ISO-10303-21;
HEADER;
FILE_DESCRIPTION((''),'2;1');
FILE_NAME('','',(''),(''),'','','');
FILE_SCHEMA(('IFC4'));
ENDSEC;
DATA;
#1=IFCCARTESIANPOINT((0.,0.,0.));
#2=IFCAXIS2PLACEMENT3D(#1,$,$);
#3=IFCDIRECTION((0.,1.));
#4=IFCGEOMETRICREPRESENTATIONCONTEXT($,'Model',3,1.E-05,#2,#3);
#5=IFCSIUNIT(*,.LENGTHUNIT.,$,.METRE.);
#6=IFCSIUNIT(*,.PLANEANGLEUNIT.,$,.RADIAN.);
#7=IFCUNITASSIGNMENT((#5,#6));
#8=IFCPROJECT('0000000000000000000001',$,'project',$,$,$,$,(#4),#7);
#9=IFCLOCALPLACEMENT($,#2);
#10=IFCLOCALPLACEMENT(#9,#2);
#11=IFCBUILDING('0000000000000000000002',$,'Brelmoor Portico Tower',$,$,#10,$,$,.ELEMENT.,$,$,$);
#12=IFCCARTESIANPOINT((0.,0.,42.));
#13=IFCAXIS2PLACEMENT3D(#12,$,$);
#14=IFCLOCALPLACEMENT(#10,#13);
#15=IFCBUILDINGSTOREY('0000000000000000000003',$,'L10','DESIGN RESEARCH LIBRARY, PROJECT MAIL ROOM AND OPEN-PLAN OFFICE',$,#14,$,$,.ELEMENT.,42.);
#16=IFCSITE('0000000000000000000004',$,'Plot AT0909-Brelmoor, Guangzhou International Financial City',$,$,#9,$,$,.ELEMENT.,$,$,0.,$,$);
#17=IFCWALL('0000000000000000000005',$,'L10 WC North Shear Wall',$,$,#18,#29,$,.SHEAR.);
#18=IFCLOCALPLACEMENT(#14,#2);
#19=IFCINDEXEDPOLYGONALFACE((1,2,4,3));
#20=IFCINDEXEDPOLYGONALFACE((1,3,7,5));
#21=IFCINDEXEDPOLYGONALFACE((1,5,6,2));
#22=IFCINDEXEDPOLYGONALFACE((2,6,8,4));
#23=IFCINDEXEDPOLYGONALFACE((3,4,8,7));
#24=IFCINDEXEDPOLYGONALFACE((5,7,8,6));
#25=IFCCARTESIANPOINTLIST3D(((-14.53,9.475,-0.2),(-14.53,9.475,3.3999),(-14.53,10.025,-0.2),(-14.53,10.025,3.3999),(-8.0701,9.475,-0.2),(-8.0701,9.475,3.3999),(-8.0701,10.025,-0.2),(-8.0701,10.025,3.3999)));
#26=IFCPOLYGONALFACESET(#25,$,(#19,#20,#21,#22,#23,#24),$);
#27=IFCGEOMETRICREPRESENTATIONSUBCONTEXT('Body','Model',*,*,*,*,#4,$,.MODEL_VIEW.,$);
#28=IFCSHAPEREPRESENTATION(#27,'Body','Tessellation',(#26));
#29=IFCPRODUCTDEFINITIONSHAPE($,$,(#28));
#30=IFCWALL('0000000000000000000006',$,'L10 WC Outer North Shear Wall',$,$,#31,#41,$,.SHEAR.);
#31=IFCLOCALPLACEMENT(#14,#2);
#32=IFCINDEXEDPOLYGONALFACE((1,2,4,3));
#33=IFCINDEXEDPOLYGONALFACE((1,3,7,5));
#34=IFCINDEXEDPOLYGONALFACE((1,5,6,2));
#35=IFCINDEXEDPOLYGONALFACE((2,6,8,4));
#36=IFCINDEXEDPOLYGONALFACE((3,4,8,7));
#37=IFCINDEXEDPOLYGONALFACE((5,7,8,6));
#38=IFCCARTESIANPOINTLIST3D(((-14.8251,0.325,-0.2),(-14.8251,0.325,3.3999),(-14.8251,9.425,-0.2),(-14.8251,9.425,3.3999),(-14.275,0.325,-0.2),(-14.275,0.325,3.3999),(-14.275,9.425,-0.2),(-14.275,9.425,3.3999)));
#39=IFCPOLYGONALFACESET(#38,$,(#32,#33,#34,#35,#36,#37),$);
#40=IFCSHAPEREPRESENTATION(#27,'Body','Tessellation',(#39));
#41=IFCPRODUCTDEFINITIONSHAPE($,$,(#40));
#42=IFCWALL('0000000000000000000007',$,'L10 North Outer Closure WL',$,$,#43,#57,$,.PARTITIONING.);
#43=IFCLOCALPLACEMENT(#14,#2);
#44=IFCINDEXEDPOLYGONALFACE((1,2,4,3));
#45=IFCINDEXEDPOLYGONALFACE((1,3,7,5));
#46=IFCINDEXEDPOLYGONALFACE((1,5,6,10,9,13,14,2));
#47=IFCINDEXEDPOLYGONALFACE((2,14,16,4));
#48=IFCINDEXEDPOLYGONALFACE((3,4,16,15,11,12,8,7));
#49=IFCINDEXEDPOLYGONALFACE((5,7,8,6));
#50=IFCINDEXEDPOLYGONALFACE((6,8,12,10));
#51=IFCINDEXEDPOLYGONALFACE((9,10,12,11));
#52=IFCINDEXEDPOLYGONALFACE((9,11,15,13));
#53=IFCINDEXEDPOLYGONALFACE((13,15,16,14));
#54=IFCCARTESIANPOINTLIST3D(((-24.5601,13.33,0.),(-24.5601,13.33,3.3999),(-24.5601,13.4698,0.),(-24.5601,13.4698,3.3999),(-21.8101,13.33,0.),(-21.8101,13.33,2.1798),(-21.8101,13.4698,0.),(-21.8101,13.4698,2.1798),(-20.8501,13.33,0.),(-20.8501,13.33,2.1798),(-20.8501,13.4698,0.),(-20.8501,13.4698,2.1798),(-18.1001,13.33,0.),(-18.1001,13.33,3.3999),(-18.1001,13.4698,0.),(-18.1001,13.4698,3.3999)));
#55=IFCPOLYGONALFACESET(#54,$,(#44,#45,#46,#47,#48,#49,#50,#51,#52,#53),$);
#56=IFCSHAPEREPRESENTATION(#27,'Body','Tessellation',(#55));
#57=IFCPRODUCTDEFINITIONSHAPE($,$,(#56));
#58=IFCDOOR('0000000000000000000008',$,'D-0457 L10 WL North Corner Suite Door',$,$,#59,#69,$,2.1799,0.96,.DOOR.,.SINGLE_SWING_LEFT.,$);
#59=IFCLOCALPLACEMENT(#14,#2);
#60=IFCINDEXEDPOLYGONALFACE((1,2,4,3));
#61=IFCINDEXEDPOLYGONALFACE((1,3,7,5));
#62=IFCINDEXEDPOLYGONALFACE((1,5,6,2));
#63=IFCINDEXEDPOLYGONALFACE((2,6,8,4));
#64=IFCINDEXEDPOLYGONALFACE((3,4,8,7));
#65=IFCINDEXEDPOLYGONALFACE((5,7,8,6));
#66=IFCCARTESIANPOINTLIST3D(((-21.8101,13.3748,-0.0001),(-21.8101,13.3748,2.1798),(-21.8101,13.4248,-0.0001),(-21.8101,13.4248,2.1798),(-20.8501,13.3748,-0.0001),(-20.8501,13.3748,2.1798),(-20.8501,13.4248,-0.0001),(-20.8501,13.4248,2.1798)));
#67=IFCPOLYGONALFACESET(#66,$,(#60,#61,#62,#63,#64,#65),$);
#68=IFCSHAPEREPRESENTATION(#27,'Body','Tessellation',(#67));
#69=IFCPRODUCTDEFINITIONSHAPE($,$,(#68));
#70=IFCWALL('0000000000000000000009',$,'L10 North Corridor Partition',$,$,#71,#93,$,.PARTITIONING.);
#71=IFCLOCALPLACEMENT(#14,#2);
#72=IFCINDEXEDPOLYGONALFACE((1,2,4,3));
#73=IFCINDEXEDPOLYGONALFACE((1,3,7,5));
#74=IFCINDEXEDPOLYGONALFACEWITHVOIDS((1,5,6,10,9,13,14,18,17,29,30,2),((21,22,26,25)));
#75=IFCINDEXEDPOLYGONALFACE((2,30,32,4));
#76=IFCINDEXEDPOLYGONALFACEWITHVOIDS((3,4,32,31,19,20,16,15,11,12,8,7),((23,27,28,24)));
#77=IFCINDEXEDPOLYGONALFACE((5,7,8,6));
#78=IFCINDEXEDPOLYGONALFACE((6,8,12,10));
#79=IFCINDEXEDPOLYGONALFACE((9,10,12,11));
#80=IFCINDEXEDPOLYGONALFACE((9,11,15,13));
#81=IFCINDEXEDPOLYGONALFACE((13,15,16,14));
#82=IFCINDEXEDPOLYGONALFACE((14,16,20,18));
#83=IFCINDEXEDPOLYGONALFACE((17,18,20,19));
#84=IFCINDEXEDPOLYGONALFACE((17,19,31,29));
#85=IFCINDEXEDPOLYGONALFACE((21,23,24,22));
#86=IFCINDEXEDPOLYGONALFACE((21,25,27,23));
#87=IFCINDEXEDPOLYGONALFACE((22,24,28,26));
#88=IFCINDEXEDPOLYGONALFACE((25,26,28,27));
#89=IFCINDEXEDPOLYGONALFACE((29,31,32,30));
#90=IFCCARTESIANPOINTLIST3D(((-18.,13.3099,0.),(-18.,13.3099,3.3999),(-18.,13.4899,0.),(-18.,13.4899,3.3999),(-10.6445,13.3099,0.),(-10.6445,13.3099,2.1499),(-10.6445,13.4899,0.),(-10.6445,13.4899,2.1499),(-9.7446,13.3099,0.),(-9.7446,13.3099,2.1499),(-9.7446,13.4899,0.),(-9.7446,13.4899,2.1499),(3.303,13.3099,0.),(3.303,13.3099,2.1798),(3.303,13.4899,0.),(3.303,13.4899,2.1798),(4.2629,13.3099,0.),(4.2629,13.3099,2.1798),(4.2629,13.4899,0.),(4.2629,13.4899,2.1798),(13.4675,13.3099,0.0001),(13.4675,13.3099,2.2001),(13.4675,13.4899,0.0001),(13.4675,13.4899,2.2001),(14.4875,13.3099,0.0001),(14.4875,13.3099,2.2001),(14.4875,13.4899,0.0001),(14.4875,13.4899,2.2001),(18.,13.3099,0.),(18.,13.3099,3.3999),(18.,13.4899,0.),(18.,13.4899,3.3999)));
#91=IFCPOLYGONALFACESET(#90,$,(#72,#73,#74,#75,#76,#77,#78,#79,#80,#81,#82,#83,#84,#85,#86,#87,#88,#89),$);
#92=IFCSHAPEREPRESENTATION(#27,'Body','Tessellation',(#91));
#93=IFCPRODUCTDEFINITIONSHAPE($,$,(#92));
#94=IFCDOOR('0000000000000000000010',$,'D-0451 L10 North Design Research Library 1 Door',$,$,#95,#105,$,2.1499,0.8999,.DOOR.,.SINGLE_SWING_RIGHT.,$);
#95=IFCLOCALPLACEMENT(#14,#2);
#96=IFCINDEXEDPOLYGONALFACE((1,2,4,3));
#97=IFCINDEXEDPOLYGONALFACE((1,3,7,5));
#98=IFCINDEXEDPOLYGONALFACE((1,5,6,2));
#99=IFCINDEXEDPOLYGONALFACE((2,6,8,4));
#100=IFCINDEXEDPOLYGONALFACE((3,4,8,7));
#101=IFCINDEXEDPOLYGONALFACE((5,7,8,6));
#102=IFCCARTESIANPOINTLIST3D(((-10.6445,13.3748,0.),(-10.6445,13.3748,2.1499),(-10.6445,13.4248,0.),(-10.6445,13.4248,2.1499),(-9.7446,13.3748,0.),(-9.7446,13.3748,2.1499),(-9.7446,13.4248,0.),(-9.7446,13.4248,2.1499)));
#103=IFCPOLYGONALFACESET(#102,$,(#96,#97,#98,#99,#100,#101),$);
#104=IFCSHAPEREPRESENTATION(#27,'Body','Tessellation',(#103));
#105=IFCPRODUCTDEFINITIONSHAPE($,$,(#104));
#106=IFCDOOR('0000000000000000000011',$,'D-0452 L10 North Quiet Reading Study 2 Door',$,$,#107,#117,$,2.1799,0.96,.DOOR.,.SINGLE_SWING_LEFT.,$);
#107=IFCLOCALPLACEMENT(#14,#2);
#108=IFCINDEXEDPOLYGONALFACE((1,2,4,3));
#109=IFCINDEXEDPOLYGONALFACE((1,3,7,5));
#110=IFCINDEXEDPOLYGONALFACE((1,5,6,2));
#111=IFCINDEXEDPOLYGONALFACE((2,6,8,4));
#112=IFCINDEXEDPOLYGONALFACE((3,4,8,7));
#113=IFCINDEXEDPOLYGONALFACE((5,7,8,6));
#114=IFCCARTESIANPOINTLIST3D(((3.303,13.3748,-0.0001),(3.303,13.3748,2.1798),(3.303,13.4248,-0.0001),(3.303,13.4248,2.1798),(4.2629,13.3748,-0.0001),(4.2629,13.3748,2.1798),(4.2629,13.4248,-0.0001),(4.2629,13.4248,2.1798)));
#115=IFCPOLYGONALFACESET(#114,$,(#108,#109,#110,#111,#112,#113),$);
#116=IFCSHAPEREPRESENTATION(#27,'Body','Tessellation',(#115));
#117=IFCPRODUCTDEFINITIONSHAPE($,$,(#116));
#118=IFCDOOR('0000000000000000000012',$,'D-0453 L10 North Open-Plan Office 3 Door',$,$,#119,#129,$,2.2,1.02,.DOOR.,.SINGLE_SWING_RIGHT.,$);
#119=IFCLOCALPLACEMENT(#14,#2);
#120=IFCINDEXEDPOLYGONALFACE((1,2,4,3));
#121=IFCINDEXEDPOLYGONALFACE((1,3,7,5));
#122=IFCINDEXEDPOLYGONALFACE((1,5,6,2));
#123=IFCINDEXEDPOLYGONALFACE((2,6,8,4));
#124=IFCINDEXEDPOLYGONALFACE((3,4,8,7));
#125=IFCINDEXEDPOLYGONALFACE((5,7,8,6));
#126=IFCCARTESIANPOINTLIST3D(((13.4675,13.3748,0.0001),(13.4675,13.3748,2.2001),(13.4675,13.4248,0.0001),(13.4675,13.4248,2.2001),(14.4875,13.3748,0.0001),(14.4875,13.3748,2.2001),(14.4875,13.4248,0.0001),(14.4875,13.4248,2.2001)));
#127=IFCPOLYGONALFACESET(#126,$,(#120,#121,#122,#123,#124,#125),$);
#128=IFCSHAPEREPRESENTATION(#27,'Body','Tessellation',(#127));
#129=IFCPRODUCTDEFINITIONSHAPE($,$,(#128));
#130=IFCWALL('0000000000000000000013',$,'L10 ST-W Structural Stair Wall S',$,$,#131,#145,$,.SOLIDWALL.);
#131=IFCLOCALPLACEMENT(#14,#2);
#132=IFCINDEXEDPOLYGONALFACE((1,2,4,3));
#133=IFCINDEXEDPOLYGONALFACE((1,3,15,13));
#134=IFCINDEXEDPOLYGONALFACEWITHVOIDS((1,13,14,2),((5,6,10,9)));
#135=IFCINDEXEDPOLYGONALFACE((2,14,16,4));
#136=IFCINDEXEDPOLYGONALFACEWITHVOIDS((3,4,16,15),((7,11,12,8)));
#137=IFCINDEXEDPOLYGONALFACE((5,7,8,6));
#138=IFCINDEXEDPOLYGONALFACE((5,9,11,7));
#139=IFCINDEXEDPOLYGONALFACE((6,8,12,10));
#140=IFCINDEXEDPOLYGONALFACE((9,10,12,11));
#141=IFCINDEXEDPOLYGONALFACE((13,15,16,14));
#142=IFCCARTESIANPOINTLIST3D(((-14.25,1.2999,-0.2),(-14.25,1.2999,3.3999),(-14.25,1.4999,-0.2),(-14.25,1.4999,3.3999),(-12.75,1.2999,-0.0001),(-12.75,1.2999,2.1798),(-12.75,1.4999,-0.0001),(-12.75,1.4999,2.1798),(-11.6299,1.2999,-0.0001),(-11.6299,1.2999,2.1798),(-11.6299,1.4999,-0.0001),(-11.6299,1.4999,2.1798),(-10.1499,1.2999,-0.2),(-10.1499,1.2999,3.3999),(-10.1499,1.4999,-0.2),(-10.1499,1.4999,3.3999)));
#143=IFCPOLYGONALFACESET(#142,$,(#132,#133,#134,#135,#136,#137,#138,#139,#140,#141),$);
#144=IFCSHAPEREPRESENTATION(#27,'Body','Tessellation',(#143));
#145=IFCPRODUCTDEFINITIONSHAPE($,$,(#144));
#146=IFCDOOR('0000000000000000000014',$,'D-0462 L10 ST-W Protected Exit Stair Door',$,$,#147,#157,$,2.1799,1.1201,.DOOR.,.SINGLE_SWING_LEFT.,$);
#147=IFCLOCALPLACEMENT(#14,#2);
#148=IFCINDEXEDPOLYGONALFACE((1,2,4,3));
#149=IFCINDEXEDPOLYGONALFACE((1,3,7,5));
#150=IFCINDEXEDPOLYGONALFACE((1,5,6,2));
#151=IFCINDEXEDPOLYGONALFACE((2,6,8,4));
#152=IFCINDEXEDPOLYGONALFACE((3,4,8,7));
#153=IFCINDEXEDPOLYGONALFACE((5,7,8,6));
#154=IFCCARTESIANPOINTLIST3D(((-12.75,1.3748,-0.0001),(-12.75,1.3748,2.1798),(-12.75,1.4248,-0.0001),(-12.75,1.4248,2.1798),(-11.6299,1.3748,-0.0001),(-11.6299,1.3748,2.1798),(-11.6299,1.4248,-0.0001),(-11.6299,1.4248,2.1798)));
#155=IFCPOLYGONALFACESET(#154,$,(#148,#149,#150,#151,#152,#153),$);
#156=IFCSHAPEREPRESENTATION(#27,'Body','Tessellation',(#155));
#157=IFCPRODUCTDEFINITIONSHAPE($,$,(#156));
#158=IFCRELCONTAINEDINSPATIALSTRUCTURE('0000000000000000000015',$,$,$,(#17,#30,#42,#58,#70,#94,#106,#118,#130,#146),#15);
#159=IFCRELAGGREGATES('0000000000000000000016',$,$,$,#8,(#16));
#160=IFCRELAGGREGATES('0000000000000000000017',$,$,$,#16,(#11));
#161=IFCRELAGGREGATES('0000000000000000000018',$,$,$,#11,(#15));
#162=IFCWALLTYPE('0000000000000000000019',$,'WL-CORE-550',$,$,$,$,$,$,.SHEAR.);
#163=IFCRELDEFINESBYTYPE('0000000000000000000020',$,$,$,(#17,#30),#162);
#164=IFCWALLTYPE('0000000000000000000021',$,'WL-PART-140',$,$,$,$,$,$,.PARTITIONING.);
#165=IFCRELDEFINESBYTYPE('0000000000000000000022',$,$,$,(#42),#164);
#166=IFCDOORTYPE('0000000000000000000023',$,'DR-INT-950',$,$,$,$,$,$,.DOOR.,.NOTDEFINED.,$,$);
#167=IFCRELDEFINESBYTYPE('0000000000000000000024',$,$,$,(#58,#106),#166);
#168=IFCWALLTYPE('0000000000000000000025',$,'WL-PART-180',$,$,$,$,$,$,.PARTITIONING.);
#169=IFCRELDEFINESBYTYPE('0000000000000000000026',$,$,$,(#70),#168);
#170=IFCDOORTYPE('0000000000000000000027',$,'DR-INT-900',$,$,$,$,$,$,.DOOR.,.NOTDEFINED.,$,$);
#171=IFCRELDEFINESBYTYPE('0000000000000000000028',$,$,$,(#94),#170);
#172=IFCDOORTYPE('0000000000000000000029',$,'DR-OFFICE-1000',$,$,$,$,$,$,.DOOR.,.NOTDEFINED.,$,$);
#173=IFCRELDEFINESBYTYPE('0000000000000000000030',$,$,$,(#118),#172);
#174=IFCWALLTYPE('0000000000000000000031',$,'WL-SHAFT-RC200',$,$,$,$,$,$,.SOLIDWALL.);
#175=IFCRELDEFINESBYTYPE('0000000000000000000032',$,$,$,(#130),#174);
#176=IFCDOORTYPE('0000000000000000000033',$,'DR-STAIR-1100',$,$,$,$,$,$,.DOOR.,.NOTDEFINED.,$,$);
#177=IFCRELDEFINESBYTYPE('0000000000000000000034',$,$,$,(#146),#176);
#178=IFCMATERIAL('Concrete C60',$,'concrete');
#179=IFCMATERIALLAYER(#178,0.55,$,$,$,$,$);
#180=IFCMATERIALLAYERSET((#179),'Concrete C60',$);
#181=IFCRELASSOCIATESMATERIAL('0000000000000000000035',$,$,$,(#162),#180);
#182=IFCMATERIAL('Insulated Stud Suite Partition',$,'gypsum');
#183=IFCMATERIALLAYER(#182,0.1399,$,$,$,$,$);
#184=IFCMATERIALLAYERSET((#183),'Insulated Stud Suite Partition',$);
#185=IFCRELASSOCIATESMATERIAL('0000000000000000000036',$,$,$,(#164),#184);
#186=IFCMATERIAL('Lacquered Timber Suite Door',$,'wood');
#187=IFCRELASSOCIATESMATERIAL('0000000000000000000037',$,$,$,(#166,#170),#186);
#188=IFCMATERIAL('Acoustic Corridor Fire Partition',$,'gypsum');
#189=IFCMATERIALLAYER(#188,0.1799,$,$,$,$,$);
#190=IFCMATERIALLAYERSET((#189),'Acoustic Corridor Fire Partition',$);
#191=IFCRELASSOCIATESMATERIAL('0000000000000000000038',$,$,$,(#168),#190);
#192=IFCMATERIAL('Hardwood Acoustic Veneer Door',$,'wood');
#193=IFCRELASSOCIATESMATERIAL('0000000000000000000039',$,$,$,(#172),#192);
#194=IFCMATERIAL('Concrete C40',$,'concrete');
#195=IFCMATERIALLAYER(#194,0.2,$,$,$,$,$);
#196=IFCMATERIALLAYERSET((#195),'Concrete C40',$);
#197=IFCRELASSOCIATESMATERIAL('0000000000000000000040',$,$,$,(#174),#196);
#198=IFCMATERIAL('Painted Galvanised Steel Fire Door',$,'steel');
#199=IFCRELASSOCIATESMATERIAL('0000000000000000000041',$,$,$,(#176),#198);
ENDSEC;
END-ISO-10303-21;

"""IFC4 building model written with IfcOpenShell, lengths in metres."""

from ifc_helpers import new_model, si_unit, direction, frame, frame_2d, origin, place, context, subcontext, project, spatial, rectangle, extrude, material, layer, layer_set, type_object, element, fill, save


model = new_model("IFC4")

# Units and contexts
model_context = context("Model", 3, precision=1e-05, world=origin(), true_north=direction((0.0, 1.0)))
body_context = subcontext(model_context, "Body", "Model", "MODEL_VIEW")
ifc_project = project(units=[si_unit("LENGTHUNIT", "METRE"), si_unit("PLANEANGLEUNIT", "RADIAN")], contexts=[model_context])

# Site, building, storey
site_placement = place(None, origin())
site = spatial("IfcSite", under=ifc_project, at=site_placement, Name="Plot AT0909-Brelmoor, Guangzhou International Financial City", CompositionType="ELEMENT", RefElevation=0.0)
building_placement = place(site_placement, origin())
building = spatial("IfcBuilding", under=site, at=building_placement, Name="Brelmoor Portico Tower", CompositionType="ELEMENT")
storey_placement = place(building_placement, frame((0.0, 0.0, 42.0)))
storey = spatial("IfcBuildingStorey", under=building, at=storey_placement, Name="L10", Description="DESIGN RESEARCH LIBRARY, PROJECT MAIL ROOM AND OPEN-PLAN OFFICE", CompositionType="ELEMENT", Elevation=42.0)

# Walls
ifc_material_1 = material(Name="Concrete C60", Category="concrete")
ifc_layer_1 = layer(ifc_material_1, 0.55)
ifc_layer_set_1 = layer_set([ifc_layer_1], Name="Concrete C60")
wall_type_1 = type_object("IfcWallType", Name="WL-CORE-550", PredefinedType="SHEAR", material=ifc_layer_set_1)
wall_1_placement = place(storey_placement, frame((-14.53, 9.75, -0.2), z_axis=(0.0, 0.0, 1.0), x_axis=(1.0, 0.0, 0.0)))
element("IfcWall", 1, at=wall_1_placement, inside=storey, type_object=wall_type_1, Name="L10 WC North Shear Wall", PredefinedType="SHEAR", context=body_context, shape_type="SweptSolid", body=[
    extrude(rectangle(XDim=6.46, YDim=0.55, at=frame_2d((3.23, 0.0))), origin(), (0.0, 0.0, 1.0), 3.5999),
])
wall_2_placement = place(storey_placement, frame((-14.55, 0.325, -0.2), z_axis=(0.0, 0.0, 1.0), x_axis=(0.0, 1.0, 0.0)))
element("IfcWall", 2, at=wall_2_placement, inside=storey, type_object=wall_type_1, Name="L10 WC Outer North Shear Wall", PredefinedType="SHEAR", context=body_context, shape_type="SweptSolid", body=[
    extrude(rectangle(XDim=9.1001, YDim=0.55, at=frame_2d((4.55, 0.0))), origin(), (0.0, 0.0, 1.0), 3.5999),
])

# Wall, opening, door
ifc_material_2 = material(Name="Insulated Stud Suite Partition", Category="gypsum")
ifc_layer_2 = layer(ifc_material_2, 0.1399)
ifc_layer_set_2 = layer_set([ifc_layer_2], Name="Insulated Stud Suite Partition")
wall_type_2 = type_object("IfcWallType", Name="WL-PART-140", PredefinedType="PARTITIONING", material=ifc_layer_set_2)
wall_3_placement = place(storey_placement, frame((-24.5601, 13.3999, 0.0), z_axis=(0.0, 0.0, 1.0), x_axis=(1.0, 0.0, 0.0)))
wall_3 = element("IfcWall", 3, at=wall_3_placement, inside=storey, type_object=wall_type_2, Name="L10 North Outer Closure WL", PredefinedType="PARTITIONING", context=body_context, shape_type="SweptSolid", body=[
    extrude(rectangle(XDim=6.46, YDim=0.1399, at=frame_2d((3.23, 0.0))), origin(), (0.0, 0.0, 1.0), 3.3999),
])
opening_1_placement = place(wall_3_placement, frame((2.75, 0.0, 0.0)))
opening_1 = element("IfcOpeningElement", 4, at=opening_1_placement, cuts=wall_3, PredefinedType="OPENING", context=body_context, shape_type="SweptSolid", body=[
    extrude(rectangle(XDim=0.96, YDim=2.1799, at=frame_2d((0.48, 1.0898))), frame((0.0, 0.0798, 0.0), z_axis=(0.0, -1.0, 0.0), x_axis=(1.0, 0.0, 0.0)), (0.0, 0.0, 1.0), 0.1599),
])
ifc_material_3 = material(Name="Lacquered Timber Suite Door", Category="wood")
door_type_1 = type_object("IfcDoorType", Name="DR-INT-950", OperationType="NOTDEFINED", PredefinedType="DOOR", material=ifc_material_3)
door_1_placement = place(opening_1_placement, origin())
door_1 = element("IfcDoor", 5, at=door_1_placement, inside=storey, type_object=door_type_1, Name="D-0457 L10 WL North Corner Suite Door", OperationType="SINGLE_SWING_LEFT", OverallHeight=2.1799, OverallWidth=0.96, PredefinedType="DOOR", context=body_context, shape_type="SweptSolid", body=[
    extrude(rectangle(XDim=0.96, YDim=2.1799, at=frame_2d((0.48, 1.0898))), frame((0.0, 0.0249, 0.0), z_axis=(0.0, -1.0, 0.0), x_axis=(1.0, 0.0, 0.0)), (0.0, 0.0, 1.0), 0.05),
])
fill(opening_1, door_1)

# Wall, openings, doors
ifc_material_4 = material(Name="Acoustic Corridor Fire Partition", Category="gypsum")
ifc_layer_3 = layer(ifc_material_4, 0.1799)
ifc_layer_set_3 = layer_set([ifc_layer_3], Name="Acoustic Corridor Fire Partition")
wall_type_3 = type_object("IfcWallType", Name="WL-PART-180", PredefinedType="PARTITIONING", material=ifc_layer_set_3)
wall_4_placement = place(storey_placement, frame((-18.0, 13.3999, 0.0), z_axis=(0.0, 0.0, 1.0), x_axis=(1.0, 0.0, 0.0)))
wall_4 = element("IfcWall", 6, at=wall_4_placement, inside=storey, type_object=wall_type_3, Name="L10 North Corridor Partition", PredefinedType="PARTITIONING", context=body_context, shape_type="SweptSolid", body=[
    extrude(rectangle(XDim=36.0, YDim=0.1799, at=frame_2d((18.0, 0.0))), origin(), (0.0, 0.0, 1.0), 3.3999),
])
opening_2_placement = place(wall_4_placement, frame((7.3555, 0.0, 0.0)))
opening_2 = element("IfcOpeningElement", 7, at=opening_2_placement, cuts=wall_4, PredefinedType="OPENING", context=body_context, shape_type="SweptSolid", body=[
    extrude(rectangle(XDim=0.8999, YDim=2.1499, at=frame_2d((0.45, 1.075))), frame((0.0, 0.0999, 0.0), z_axis=(0.0, -1.0, 0.0), x_axis=(1.0, 0.0, 0.0)), (0.0, 0.0, 1.0), 0.2),
])
opening_3_placement = place(wall_4_placement, frame((21.303, 0.0, 0.0)))
opening_3 = element("IfcOpeningElement", 8, at=opening_3_placement, cuts=wall_4, PredefinedType="OPENING", context=body_context, shape_type="SweptSolid", body=[
    extrude(rectangle(XDim=0.96, YDim=2.1799, at=frame_2d((0.48, 1.0898))), frame((0.0, 0.0999, 0.0), z_axis=(0.0, -1.0, 0.0), x_axis=(1.0, 0.0, 0.0)), (0.0, 0.0, 1.0), 0.2),
])
opening_4_placement = place(wall_4_placement, frame((31.4675, 0.0, 0.0)))
opening_4 = element("IfcOpeningElement", 9, at=opening_4_placement, cuts=wall_4, PredefinedType="OPENING", context=body_context, shape_type="SweptSolid", body=[
    extrude(rectangle(XDim=1.02, YDim=2.2, at=frame_2d((0.51, 1.1001))), frame((0.0, 0.0999, 0.0), z_axis=(0.0, -1.0, 0.0), x_axis=(1.0, 0.0, 0.0)), (0.0, 0.0, 1.0), 0.2),
])
door_type_2 = type_object("IfcDoorType", Name="DR-INT-900", OperationType="NOTDEFINED", PredefinedType="DOOR", material=ifc_material_3)
door_2_placement = place(opening_2_placement, origin())
door_2 = element("IfcDoor", 10, at=door_2_placement, inside=storey, type_object=door_type_2, Name="D-0451 L10 North Design Research Library 1 Door", OperationType="SINGLE_SWING_RIGHT", OverallHeight=2.1499, OverallWidth=0.8999, PredefinedType="DOOR", context=body_context, shape_type="SweptSolid", body=[
    extrude(rectangle(XDim=0.8999, YDim=2.1499, at=frame_2d((0.45, 1.075))), frame((0.0, 0.0249, 0.0), z_axis=(0.0, -1.0, 0.0), x_axis=(1.0, 0.0, 0.0)), (0.0, 0.0, 1.0), 0.05),
])
fill(opening_2, door_2)
door_3_placement = place(opening_3_placement, origin())
door_3 = element("IfcDoor", 11, at=door_3_placement, inside=storey, type_object=door_type_1, Name="D-0452 L10 North Quiet Reading Study 2 Door", OperationType="SINGLE_SWING_LEFT", OverallHeight=2.1799, OverallWidth=0.96, PredefinedType="DOOR", context=body_context, shape_type="SweptSolid", body=[
    extrude(rectangle(XDim=0.96, YDim=2.1799, at=frame_2d((0.48, 1.0898))), frame((0.0, 0.0249, 0.0), z_axis=(0.0, -1.0, 0.0), x_axis=(1.0, 0.0, 0.0)), (0.0, 0.0, 1.0), 0.05),
])
fill(opening_3, door_3)
ifc_material_5 = material(Name="Hardwood Acoustic Veneer Door", Category="wood")
door_type_3 = type_object("IfcDoorType", Name="DR-OFFICE-1000", OperationType="NOTDEFINED", PredefinedType="DOOR", material=ifc_material_5)
door_4_placement = place(opening_4_placement, origin())
door_4 = element("IfcDoor", 12, at=door_4_placement, inside=storey, type_object=door_type_3, Name="D-0453 L10 North Open-Plan Office 3 Door", OperationType="SINGLE_SWING_RIGHT", OverallHeight=2.2, OverallWidth=1.02, PredefinedType="DOOR", context=body_context, shape_type="SweptSolid", body=[
    extrude(rectangle(XDim=1.02, YDim=2.2, at=frame_2d((0.51, 1.1001))), frame((0.0, 0.0249, 0.0), z_axis=(0.0, -1.0, 0.0), x_axis=(1.0, 0.0, 0.0)), (0.0, 0.0, 1.0), 0.05),
])
fill(opening_4, door_4)

# Wall, opening, door
ifc_material_6 = material(Name="Concrete C40", Category="concrete")
ifc_layer_4 = layer(ifc_material_6, 0.2)
ifc_layer_set_4 = layer_set([ifc_layer_4], Name="Concrete C40")
wall_type_4 = type_object("IfcWallType", Name="WL-SHAFT-RC200", PredefinedType="SOLIDWALL", material=ifc_layer_set_4)
wall_5_placement = place(storey_placement, frame((-14.25, 1.3999, -0.2), z_axis=(0.0, 0.0, 1.0), x_axis=(1.0, 0.0, 0.0)))
wall_5 = element("IfcWall", 13, at=wall_5_placement, inside=storey, type_object=wall_type_4, Name="L10 ST-W Structural Stair Wall S", PredefinedType="SOLIDWALL", context=body_context, shape_type="SweptSolid", body=[
    extrude(rectangle(XDim=4.1001, YDim=0.2, at=frame_2d((2.05, 0.0))), origin(), (0.0, 0.0, 1.0), 3.5999),
])
opening_5_placement = place(wall_5_placement, frame((1.5, 0.0, 0.2)))
opening_5 = element("IfcOpeningElement", 14, at=opening_5_placement, cuts=wall_5, PredefinedType="OPENING", context=body_context, shape_type="SweptSolid", body=[
    extrude(rectangle(XDim=1.1201, YDim=2.1799, at=frame_2d((0.5601, 1.0898))), frame((0.0, 0.1099, 0.0), z_axis=(0.0, -1.0, 0.0), x_axis=(1.0, 0.0, 0.0)), (0.0, 0.0, 1.0), 0.22),
])
ifc_material_7 = material(Name="Painted Galvanised Steel Fire Door", Category="steel")
door_type_4 = type_object("IfcDoorType", Name="DR-STAIR-1100", OperationType="NOTDEFINED", PredefinedType="DOOR", material=ifc_material_7)
door_5_placement = place(opening_5_placement, origin())
door_5 = element("IfcDoor", 15, at=door_5_placement, inside=storey, type_object=door_type_4, Name="D-0462 L10 ST-W Protected Exit Stair Door", OperationType="SINGLE_SWING_LEFT", OverallHeight=2.1799, OverallWidth=1.1201, PredefinedType="DOOR", context=body_context, shape_type="SweptSolid", body=[
    extrude(rectangle(XDim=1.1201, YDim=2.1799, at=frame_2d((0.5601, 1.0898))), frame((0.0, 0.0249, 0.0), z_axis=(0.0, -1.0, 0.0), x_axis=(1.0, 0.0, 0.0)), (0.0, 0.0, 1.0), 0.05),
])
fill(opening_5, door_5)

save(model, "model.ifc")
